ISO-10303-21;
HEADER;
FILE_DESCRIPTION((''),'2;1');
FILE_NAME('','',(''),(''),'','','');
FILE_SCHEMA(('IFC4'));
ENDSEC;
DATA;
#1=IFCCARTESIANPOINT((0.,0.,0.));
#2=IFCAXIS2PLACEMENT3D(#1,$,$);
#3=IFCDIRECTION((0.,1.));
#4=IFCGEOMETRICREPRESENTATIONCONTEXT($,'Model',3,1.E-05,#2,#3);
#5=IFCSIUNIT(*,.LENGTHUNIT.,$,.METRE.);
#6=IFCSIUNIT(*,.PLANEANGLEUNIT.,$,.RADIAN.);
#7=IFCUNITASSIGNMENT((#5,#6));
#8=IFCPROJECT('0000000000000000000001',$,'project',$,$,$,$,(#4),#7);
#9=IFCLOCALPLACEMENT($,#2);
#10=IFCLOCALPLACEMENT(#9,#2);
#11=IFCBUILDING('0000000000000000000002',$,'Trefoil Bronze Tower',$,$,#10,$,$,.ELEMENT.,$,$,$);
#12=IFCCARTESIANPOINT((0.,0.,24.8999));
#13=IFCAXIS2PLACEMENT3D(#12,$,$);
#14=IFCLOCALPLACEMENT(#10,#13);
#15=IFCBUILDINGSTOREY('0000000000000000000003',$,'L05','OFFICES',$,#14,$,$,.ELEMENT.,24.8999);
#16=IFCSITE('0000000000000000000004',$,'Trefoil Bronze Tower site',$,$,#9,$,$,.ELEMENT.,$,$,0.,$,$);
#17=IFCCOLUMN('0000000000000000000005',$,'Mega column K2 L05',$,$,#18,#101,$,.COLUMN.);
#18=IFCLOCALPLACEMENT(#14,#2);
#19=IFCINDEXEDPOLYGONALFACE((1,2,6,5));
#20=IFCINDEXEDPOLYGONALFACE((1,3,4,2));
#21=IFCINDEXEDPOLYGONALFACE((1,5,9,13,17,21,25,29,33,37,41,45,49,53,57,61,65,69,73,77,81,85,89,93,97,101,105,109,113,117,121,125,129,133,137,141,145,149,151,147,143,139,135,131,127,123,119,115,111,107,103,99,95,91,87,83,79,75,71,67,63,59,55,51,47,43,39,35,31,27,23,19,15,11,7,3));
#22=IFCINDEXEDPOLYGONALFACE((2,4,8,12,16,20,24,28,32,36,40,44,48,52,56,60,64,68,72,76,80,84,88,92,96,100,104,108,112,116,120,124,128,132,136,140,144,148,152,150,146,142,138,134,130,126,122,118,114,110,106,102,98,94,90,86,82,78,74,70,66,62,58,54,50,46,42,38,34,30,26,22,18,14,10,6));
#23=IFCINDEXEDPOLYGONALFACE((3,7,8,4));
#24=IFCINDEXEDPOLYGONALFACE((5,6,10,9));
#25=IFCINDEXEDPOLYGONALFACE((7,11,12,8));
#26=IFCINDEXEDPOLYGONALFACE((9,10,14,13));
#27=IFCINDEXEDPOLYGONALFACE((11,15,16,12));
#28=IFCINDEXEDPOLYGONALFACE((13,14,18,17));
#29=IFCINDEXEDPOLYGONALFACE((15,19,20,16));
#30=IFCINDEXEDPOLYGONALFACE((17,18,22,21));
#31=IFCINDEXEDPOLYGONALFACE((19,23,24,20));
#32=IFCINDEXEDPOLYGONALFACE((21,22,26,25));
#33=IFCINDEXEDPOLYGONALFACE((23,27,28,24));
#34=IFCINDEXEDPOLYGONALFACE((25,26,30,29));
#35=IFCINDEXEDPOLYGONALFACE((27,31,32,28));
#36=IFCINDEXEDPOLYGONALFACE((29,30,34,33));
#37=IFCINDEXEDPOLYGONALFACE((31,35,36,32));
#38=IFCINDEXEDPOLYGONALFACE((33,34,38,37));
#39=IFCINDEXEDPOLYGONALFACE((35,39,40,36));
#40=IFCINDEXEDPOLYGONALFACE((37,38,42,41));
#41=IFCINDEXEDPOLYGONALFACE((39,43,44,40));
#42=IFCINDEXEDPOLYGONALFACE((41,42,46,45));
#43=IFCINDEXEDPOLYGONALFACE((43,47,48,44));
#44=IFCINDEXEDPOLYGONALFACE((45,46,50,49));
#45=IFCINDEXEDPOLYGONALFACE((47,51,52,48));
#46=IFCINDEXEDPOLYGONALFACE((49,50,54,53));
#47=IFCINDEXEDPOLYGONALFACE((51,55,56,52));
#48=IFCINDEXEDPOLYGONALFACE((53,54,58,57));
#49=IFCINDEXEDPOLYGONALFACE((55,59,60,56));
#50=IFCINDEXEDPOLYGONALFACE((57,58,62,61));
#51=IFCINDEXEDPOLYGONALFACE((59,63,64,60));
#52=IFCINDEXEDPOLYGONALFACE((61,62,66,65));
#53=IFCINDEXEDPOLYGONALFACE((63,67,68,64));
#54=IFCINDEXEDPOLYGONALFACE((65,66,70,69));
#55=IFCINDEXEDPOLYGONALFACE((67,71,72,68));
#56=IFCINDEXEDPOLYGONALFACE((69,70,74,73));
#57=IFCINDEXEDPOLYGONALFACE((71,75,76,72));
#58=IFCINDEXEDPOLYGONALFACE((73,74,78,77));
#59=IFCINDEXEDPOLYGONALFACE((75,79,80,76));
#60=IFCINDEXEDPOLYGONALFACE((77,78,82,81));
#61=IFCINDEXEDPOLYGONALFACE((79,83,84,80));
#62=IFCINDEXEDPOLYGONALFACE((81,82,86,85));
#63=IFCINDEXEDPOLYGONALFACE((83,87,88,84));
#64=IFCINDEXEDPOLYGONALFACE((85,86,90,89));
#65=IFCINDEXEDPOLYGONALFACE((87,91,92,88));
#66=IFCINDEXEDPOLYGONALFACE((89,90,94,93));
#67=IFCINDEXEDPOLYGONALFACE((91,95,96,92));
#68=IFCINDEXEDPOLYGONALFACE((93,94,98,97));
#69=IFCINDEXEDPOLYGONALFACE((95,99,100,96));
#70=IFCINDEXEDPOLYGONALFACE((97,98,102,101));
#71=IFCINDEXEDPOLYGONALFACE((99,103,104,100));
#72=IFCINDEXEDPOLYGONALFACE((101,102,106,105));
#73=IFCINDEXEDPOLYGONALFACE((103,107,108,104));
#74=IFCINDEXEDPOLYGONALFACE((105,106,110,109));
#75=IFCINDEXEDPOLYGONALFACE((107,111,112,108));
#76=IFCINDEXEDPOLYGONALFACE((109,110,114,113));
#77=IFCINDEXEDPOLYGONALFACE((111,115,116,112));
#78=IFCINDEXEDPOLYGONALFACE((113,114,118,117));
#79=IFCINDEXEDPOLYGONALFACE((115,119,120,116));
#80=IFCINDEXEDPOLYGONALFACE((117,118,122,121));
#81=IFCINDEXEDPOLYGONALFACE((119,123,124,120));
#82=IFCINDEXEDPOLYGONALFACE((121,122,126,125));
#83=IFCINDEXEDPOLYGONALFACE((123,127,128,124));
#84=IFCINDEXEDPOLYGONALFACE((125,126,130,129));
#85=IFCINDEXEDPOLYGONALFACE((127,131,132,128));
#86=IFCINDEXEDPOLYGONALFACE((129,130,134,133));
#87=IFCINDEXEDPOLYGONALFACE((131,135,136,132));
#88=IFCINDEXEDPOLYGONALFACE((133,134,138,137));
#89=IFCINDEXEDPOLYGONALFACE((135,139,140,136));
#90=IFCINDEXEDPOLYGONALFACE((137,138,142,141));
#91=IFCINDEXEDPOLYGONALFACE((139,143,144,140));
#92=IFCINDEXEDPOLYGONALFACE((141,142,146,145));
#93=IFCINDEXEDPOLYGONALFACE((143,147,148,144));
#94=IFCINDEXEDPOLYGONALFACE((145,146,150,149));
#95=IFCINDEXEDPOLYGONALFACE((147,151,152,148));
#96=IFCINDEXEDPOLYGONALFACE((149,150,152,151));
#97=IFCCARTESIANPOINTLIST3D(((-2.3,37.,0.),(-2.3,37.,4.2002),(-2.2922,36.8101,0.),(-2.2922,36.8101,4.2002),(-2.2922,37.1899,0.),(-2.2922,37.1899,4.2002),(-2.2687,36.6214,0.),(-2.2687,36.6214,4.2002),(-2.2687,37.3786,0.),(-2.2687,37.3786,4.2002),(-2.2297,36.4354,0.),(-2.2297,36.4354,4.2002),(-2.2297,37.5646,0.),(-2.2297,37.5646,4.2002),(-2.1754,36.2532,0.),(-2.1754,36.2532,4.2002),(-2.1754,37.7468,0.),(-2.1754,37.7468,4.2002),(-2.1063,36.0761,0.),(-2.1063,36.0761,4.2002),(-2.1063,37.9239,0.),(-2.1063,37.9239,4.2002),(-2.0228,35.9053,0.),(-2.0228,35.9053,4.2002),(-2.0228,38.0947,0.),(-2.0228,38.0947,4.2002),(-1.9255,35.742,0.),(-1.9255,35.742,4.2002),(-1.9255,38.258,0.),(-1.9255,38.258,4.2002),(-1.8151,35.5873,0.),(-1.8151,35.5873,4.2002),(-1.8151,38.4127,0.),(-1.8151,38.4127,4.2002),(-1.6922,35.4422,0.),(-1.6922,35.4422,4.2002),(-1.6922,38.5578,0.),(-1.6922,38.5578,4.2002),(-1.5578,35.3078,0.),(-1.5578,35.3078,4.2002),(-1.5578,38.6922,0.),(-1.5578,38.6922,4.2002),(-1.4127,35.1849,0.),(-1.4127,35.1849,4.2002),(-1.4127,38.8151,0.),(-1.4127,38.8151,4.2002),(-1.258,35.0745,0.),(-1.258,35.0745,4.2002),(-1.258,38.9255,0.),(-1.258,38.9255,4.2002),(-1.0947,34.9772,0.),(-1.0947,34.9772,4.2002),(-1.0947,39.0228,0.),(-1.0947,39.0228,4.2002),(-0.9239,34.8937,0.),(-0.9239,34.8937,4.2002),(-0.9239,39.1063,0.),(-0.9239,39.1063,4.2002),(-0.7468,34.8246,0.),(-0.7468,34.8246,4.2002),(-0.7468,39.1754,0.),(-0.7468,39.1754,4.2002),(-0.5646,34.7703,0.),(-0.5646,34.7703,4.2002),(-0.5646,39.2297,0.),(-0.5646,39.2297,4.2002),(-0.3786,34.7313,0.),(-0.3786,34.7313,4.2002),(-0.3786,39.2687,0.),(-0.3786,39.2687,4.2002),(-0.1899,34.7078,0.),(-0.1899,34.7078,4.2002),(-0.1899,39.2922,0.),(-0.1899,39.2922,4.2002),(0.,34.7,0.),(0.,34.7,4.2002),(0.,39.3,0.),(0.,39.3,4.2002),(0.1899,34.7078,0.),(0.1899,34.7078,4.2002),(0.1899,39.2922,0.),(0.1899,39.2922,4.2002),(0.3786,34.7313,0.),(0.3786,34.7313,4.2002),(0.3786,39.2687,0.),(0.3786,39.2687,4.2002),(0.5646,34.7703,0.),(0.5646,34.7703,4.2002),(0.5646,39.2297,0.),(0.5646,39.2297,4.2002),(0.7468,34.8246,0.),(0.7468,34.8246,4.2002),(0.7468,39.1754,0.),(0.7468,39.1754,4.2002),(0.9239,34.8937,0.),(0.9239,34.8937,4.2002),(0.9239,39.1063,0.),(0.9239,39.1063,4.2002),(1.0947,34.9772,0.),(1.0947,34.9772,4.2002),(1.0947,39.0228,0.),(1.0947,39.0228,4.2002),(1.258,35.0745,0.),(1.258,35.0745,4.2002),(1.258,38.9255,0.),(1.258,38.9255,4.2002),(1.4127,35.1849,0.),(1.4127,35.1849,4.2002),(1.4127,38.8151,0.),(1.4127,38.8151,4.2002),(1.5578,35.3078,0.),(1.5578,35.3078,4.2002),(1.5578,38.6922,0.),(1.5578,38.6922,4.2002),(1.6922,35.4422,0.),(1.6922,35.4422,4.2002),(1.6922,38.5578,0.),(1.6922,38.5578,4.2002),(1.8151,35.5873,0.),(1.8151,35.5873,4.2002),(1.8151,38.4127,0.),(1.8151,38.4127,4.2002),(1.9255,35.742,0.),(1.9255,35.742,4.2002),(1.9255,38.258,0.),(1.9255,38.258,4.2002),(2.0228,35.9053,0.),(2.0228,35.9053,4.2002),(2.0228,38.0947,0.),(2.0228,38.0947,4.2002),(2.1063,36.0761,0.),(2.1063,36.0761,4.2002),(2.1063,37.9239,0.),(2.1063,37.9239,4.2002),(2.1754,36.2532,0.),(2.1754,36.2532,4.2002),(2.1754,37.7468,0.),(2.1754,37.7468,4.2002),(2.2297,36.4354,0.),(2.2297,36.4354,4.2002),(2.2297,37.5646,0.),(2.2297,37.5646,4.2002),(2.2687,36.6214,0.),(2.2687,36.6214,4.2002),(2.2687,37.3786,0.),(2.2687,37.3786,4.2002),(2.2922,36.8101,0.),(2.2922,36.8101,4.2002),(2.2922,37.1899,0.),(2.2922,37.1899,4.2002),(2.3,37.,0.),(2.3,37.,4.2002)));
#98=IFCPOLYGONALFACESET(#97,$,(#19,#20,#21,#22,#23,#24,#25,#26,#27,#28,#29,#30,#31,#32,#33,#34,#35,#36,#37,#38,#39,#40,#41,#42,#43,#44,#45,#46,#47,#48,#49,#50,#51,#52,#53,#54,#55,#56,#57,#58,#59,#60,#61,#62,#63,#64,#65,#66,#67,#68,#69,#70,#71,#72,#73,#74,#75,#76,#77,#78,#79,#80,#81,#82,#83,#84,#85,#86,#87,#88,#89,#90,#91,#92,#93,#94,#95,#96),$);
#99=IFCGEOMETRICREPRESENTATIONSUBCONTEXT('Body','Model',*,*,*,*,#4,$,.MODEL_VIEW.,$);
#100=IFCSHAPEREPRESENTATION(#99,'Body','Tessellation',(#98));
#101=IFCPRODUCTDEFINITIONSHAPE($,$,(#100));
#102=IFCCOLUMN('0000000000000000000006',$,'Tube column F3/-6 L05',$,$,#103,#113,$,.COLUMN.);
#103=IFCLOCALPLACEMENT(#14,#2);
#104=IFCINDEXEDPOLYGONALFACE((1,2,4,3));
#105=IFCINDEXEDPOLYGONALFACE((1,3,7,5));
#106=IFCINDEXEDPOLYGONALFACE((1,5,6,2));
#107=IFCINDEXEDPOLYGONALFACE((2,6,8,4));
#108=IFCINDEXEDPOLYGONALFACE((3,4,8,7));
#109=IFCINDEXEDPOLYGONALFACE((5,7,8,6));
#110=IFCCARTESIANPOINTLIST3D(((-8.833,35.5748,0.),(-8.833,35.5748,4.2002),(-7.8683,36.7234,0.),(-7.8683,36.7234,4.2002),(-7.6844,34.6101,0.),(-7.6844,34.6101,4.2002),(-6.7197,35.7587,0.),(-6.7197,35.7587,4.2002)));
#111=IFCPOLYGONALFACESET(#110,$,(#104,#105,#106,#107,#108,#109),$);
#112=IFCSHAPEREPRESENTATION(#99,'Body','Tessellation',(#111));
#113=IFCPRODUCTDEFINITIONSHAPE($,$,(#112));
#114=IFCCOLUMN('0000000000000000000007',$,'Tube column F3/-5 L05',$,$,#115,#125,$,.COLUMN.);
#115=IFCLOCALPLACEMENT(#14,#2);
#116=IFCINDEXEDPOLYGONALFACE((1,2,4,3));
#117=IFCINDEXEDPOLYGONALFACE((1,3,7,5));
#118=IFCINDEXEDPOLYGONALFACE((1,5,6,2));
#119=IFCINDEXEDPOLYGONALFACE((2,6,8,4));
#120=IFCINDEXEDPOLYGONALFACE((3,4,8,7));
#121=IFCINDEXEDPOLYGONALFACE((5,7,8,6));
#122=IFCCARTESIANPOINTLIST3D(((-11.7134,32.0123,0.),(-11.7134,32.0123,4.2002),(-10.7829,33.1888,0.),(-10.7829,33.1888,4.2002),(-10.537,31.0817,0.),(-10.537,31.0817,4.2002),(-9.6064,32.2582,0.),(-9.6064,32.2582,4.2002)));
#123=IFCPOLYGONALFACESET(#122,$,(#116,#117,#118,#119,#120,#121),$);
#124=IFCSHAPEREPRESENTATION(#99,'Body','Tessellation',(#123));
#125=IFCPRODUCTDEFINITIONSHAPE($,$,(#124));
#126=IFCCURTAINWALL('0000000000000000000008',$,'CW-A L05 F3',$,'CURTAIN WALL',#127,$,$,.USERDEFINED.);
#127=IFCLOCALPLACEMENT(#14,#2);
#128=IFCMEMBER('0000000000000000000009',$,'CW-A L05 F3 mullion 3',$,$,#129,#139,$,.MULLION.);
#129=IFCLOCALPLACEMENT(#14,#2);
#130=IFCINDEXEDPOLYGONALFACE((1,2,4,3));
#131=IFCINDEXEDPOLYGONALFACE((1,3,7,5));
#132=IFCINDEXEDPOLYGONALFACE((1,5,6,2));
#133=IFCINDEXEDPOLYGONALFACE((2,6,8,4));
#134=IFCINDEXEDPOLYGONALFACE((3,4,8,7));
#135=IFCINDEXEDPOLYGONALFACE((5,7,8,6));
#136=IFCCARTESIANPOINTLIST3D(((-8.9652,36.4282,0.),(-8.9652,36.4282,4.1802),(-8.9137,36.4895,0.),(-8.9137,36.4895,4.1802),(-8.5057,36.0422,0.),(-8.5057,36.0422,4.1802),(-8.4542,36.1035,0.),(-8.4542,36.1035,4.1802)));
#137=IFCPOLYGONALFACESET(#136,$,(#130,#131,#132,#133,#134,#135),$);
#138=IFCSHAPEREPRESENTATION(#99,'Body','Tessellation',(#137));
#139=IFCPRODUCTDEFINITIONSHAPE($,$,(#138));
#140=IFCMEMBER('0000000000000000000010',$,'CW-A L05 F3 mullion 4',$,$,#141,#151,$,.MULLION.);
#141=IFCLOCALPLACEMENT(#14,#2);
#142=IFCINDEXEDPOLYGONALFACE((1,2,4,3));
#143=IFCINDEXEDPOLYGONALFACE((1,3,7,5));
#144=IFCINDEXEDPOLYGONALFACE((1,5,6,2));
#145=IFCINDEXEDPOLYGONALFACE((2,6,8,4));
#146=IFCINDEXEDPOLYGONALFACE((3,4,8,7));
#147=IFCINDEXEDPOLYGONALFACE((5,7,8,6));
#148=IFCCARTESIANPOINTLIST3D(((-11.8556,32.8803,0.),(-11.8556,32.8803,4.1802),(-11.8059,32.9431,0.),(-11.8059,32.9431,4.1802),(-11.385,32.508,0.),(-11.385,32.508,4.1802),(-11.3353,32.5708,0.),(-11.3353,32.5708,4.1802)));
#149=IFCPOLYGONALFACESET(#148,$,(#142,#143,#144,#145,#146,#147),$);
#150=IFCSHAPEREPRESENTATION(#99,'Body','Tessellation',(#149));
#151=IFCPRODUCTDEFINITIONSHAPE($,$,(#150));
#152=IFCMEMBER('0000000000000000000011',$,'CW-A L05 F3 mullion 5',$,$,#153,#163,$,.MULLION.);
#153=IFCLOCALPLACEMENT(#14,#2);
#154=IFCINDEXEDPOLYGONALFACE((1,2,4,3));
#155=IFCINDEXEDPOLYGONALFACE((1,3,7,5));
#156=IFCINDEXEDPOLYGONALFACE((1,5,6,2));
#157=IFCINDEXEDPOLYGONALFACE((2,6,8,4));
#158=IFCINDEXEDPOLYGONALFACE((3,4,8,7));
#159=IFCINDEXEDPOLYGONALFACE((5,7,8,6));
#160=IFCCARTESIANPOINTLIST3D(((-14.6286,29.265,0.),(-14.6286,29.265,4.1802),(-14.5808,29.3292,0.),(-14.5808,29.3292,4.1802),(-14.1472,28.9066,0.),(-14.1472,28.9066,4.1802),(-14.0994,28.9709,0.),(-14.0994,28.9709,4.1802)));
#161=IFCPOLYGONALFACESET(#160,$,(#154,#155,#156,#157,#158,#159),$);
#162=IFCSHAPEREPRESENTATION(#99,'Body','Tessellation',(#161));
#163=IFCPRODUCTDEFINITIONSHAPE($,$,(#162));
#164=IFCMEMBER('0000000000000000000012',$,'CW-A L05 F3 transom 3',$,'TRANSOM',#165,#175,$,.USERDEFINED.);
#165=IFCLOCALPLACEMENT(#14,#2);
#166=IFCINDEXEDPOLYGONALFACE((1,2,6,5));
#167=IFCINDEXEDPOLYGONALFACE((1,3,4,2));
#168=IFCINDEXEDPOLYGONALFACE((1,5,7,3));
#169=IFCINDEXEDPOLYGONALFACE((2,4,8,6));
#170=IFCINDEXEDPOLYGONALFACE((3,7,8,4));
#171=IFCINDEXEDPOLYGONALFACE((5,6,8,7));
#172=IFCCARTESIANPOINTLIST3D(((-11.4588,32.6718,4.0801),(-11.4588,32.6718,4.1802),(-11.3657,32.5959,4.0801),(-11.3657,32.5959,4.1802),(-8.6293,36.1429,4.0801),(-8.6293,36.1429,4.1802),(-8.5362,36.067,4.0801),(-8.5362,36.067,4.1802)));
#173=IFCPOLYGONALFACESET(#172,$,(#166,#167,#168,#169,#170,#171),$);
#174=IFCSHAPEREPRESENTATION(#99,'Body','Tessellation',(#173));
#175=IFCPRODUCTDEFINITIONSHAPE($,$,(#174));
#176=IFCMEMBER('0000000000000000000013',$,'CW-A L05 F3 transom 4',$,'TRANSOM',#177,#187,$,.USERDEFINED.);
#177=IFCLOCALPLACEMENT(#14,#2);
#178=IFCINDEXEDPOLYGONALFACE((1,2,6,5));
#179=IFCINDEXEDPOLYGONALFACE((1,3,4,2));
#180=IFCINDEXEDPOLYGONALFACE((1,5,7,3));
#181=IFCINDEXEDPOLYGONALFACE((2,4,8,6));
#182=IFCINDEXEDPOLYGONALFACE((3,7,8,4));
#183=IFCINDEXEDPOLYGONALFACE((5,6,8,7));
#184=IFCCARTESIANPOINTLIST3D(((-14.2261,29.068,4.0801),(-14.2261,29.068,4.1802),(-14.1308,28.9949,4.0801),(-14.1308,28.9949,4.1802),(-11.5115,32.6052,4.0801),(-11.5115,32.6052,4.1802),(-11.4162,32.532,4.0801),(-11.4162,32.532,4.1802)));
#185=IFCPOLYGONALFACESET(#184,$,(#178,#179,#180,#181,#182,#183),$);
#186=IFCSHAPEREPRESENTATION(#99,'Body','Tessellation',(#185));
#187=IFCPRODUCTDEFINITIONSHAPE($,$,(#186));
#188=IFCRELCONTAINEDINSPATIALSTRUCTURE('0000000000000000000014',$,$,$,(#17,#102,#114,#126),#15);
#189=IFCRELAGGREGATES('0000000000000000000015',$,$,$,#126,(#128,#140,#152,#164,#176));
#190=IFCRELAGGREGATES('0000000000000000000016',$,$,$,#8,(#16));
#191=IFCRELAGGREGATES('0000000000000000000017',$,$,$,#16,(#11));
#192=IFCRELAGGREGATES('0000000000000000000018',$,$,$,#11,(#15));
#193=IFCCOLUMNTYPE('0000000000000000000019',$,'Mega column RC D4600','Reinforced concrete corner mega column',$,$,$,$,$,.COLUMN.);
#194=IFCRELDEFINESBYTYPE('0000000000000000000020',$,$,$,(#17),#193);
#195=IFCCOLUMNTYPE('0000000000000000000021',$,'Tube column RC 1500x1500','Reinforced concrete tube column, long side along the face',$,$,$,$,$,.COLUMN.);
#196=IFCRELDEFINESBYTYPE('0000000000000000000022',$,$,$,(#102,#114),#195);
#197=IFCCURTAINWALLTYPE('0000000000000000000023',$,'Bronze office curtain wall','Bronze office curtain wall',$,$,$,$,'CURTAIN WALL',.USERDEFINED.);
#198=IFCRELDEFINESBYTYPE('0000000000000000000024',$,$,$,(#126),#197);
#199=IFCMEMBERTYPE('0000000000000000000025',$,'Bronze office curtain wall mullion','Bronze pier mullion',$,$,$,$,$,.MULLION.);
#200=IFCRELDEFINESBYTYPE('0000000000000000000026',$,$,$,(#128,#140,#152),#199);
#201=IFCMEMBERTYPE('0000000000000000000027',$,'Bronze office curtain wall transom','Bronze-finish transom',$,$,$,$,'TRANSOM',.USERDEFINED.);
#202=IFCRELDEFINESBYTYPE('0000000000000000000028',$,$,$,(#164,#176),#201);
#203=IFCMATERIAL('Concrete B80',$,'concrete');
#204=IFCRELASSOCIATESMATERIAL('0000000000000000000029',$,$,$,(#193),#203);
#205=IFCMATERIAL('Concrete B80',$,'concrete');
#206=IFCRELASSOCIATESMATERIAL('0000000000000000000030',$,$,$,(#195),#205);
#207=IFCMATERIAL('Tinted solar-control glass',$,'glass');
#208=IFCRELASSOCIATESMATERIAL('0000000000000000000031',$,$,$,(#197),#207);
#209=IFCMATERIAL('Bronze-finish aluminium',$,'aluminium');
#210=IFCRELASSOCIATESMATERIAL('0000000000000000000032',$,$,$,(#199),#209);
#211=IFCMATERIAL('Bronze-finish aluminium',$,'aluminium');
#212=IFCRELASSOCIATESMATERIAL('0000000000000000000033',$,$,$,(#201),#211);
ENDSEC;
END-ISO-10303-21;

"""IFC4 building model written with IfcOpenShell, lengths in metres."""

from ifc_helpers import new_model, si_unit, direction, frame, origin, origin_2d, place, context, subcontext, project, spatial, rectangle, circle, extrude, material, material_profile, profile_set, type_object, element, aggregate, save


model = new_model("IFC4")

# Units and contexts
model_context = context("Model", 3, precision=1e-05, world=origin(), true_north=direction((0.0, 1.0)))
body_context = subcontext(model_context, "Body", "Model", "MODEL_VIEW")
ifc_project = project(units=[si_unit("LENGTHUNIT", "METRE"), si_unit("PLANEANGLEUNIT", "RADIAN")], contexts=[model_context])

# Site, building, storey
site_placement = place(None, origin())
site = spatial("IfcSite", under=ifc_project, at=site_placement, Name="Trefoil Bronze Tower site", CompositionType="ELEMENT", RefElevation=0.0)
building_placement = place(site_placement, origin())
building = spatial("IfcBuilding", under=site, at=building_placement, Name="Trefoil Bronze Tower", CompositionType="ELEMENT")
storey_placement = place(building_placement, frame((0.0, 0.0, 24.8999)))
storey = spatial("IfcBuildingStorey", under=building, at=storey_placement, Name="L05", Description="OFFICES", CompositionType="ELEMENT", Elevation=24.8999)

# Columns
ifc_material_1 = material(Name="Concrete B80", Category="concrete")
ifc_material_profile_1 = material_profile(ifc_material_1, circle(Radius=2.3, at=origin_2d()), Name="RC D4600")
ifc_profile_set_1 = profile_set([ifc_material_profile_1], Name="Concrete B80")
column_type_1 = type_object("IfcColumnType", Name="Mega column RC D4600", Description="Reinforced concrete corner mega column", PredefinedType="COLUMN", material=ifc_profile_set_1)
column_placement = place(storey_placement, frame((0.0, 37.0, 0.0), z_axis=(0.0, 0.0, 1.0), x_axis=(1.0, 0.0, 0.0)))
element("IfcColumn", 1, at=column_placement, inside=storey, type_object=column_type_1, Name="Mega column K2 L05", PredefinedType="COLUMN", context=body_context, shape_type="SweptSolid", body=[
    extrude(circle(Radius=2.3, at=origin_2d()), origin(), (0.0, 0.0, 1.0), 4.2002),
])
ifc_material_2 = material(Name="Concrete B80", Category="concrete")
ifc_material_profile_2 = material_profile(ifc_material_2, rectangle(XDim=1.5, YDim=1.5, at=origin_2d()), Name="RC 1500x1500")
ifc_profile_set_2 = profile_set([ifc_material_profile_2], Name="Concrete B80")
column_type_2 = type_object("IfcColumnType", Name="Tube column RC 1500x1500", Description="Reinforced concrete tube column, long side along the face", PredefinedType="COLUMN", material=ifc_profile_set_2)
for number, where, z_axis, x_axis, name in (
    (2, (-7.7764, 35.6667, 0.0), (0.0, 0.0, 1.0), (-0.643163, -0.765729, 0.0), "Tube column F3/-6 L05"),
    (3, (-10.6599, 32.1353, 0.0), (0.0, 0.0, 1.0), (-0.620376, -0.784305, 0.0), "Tube column F3/-5 L05"),
):
    element("IfcColumn", number, at=place(storey_placement, frame(where, z_axis=z_axis, x_axis=x_axis)), inside=storey, type_object=column_type_2, Name=name, PredefinedType="COLUMN", context=body_context, shape_type="SweptSolid", body=[
        extrude(rectangle(XDim=1.5, YDim=1.5, at=origin_2d()), origin(), (0.0, 0.0, 1.0), 4.2002),
    ])

# Curtain wall, members
ifc_material_3 = material(Name="Tinted solar-control glass", Category="glass")
curtain_wall_type = type_object("IfcCurtainWallType", Name="Bronze office curtain wall", Description="Bronze office curtain wall", ElementType="CURTAIN WALL", PredefinedType="USERDEFINED", material=ifc_material_3)
curtain_wall_placement = place(storey_placement, origin())
curtain_wall = element("IfcCurtainWall", 4, at=curtain_wall_placement, inside=storey, type_object=curtain_wall_type, Name="CW-A L05 F3", ObjectType="CURTAIN WALL", PredefinedType="USERDEFINED")
ifc_material_4 = material(Name="Bronze-finish aluminium", Category="aluminium")
ifc_material_profile_3 = material_profile(ifc_material_4, rectangle(XDim=0.6001, YDim=0.0801, at=origin_2d()), Name="CW-A mullion")
ifc_profile_set_3 = profile_set([ifc_material_profile_3], Name="Bronze-finish aluminium")
member_type_1 = type_object("IfcMemberType", Name="Bronze office curtain wall mullion", Description="Bronze pier mullion", PredefinedType="MULLION", material=ifc_profile_set_3)
member_1_placement = place(storey_placement, frame((-8.7097, 36.2659, 0.0), z_axis=(0.0, 0.0, 1.0), x_axis=(0.765729, -0.643163, 0.0)))
member_1 = element("IfcMember", 5, at=member_1_placement, type_object=member_type_1, Name="CW-A L05 F3 mullion 3", PredefinedType="MULLION", context=body_context, shape_type="SweptSolid", body=[
    extrude(rectangle(XDim=0.6001, YDim=0.0801, at=origin_2d()), origin(), (0.0, 0.0, 1.0), 4.1802),
])
member_2_placement = place(storey_placement, frame((-11.5955, 32.7256, 0.0), z_axis=(0.0, 0.0, 1.0), x_axis=(0.784305, -0.620376, 0.0)))
member_2 = element("IfcMember", 6, at=member_2_placement, type_object=member_type_1, Name="CW-A L05 F3 mullion 4", PredefinedType="MULLION", context=body_context, shape_type="SweptSolid", body=[
    extrude(rectangle(XDim=0.6001, YDim=0.0801, at=origin_2d()), origin(), (0.0, 0.0, 1.0), 4.1802),
])
member_3_placement = place(storey_placement, frame((-14.364, 29.1179, 0.0), z_axis=(0.0, 0.0, 1.0), x_axis=(0.802127, -0.597154, 0.0)))
member_3 = element("IfcMember", 7, at=member_3_placement, type_object=member_type_1, Name="CW-A L05 F3 mullion 5", PredefinedType="MULLION", context=body_context, shape_type="SweptSolid", body=[
    extrude(rectangle(XDim=0.6001, YDim=0.0801, at=origin_2d()), origin(), (0.0, 0.0, 1.0), 4.1802),
])
ifc_material_5 = material(Name="Bronze-finish aluminium", Category="aluminium")
ifc_material_profile_4 = material_profile(ifc_material_5, rectangle(XDim=0.1201, YDim=0.1001, at=origin_2d()), Name="CW-A transom")
ifc_profile_set_4 = profile_set([ifc_material_profile_4], Name="Bronze-finish aluminium")
member_type_2 = type_object("IfcMemberType", Name="Bronze office curtain wall transom", Description="Bronze-finish transom", ElementType="TRANSOM", PredefinedType="USERDEFINED", material=ifc_profile_set_4)
member_4_placement = place(storey_placement, frame((-8.5828, 36.105, 4.1301), z_axis=(-0.631836, -0.775102, 0.0), x_axis=(0.775102, -0.631836, 0.0)))
member_4 = element("IfcMember", 8, at=member_4_placement, type_object=member_type_2, Name="CW-A L05 F3 transom 3", ObjectType="TRANSOM", PredefinedType="USERDEFINED", context=body_context, shape_type="SweptSolid", body=[
    extrude(rectangle(XDim=0.1201, YDim=0.1001, at=origin_2d()), origin(), (0.0, 0.0, 1.0), 4.4783),
])
member_5_placement = place(storey_placement, frame((-11.4639, 32.5686, 4.1301), z_axis=(-0.608829, -0.793301, 0.0), x_axis=(0.793301, -0.608829, 0.0)))
member_5 = element("IfcMember", 9, at=member_5_placement, type_object=member_type_2, Name="CW-A L05 F3 transom 4", ObjectType="TRANSOM", PredefinedType="USERDEFINED", context=body_context, shape_type="SweptSolid", body=[
    extrude(rectangle(XDim=0.1201, YDim=0.1001, at=origin_2d()), origin(), (0.0, 0.0, 1.0), 4.4587),
])

aggregate(curtain_wall, [member_1, member_2, member_3, member_4, member_5])

save(model, "model.ifc")
